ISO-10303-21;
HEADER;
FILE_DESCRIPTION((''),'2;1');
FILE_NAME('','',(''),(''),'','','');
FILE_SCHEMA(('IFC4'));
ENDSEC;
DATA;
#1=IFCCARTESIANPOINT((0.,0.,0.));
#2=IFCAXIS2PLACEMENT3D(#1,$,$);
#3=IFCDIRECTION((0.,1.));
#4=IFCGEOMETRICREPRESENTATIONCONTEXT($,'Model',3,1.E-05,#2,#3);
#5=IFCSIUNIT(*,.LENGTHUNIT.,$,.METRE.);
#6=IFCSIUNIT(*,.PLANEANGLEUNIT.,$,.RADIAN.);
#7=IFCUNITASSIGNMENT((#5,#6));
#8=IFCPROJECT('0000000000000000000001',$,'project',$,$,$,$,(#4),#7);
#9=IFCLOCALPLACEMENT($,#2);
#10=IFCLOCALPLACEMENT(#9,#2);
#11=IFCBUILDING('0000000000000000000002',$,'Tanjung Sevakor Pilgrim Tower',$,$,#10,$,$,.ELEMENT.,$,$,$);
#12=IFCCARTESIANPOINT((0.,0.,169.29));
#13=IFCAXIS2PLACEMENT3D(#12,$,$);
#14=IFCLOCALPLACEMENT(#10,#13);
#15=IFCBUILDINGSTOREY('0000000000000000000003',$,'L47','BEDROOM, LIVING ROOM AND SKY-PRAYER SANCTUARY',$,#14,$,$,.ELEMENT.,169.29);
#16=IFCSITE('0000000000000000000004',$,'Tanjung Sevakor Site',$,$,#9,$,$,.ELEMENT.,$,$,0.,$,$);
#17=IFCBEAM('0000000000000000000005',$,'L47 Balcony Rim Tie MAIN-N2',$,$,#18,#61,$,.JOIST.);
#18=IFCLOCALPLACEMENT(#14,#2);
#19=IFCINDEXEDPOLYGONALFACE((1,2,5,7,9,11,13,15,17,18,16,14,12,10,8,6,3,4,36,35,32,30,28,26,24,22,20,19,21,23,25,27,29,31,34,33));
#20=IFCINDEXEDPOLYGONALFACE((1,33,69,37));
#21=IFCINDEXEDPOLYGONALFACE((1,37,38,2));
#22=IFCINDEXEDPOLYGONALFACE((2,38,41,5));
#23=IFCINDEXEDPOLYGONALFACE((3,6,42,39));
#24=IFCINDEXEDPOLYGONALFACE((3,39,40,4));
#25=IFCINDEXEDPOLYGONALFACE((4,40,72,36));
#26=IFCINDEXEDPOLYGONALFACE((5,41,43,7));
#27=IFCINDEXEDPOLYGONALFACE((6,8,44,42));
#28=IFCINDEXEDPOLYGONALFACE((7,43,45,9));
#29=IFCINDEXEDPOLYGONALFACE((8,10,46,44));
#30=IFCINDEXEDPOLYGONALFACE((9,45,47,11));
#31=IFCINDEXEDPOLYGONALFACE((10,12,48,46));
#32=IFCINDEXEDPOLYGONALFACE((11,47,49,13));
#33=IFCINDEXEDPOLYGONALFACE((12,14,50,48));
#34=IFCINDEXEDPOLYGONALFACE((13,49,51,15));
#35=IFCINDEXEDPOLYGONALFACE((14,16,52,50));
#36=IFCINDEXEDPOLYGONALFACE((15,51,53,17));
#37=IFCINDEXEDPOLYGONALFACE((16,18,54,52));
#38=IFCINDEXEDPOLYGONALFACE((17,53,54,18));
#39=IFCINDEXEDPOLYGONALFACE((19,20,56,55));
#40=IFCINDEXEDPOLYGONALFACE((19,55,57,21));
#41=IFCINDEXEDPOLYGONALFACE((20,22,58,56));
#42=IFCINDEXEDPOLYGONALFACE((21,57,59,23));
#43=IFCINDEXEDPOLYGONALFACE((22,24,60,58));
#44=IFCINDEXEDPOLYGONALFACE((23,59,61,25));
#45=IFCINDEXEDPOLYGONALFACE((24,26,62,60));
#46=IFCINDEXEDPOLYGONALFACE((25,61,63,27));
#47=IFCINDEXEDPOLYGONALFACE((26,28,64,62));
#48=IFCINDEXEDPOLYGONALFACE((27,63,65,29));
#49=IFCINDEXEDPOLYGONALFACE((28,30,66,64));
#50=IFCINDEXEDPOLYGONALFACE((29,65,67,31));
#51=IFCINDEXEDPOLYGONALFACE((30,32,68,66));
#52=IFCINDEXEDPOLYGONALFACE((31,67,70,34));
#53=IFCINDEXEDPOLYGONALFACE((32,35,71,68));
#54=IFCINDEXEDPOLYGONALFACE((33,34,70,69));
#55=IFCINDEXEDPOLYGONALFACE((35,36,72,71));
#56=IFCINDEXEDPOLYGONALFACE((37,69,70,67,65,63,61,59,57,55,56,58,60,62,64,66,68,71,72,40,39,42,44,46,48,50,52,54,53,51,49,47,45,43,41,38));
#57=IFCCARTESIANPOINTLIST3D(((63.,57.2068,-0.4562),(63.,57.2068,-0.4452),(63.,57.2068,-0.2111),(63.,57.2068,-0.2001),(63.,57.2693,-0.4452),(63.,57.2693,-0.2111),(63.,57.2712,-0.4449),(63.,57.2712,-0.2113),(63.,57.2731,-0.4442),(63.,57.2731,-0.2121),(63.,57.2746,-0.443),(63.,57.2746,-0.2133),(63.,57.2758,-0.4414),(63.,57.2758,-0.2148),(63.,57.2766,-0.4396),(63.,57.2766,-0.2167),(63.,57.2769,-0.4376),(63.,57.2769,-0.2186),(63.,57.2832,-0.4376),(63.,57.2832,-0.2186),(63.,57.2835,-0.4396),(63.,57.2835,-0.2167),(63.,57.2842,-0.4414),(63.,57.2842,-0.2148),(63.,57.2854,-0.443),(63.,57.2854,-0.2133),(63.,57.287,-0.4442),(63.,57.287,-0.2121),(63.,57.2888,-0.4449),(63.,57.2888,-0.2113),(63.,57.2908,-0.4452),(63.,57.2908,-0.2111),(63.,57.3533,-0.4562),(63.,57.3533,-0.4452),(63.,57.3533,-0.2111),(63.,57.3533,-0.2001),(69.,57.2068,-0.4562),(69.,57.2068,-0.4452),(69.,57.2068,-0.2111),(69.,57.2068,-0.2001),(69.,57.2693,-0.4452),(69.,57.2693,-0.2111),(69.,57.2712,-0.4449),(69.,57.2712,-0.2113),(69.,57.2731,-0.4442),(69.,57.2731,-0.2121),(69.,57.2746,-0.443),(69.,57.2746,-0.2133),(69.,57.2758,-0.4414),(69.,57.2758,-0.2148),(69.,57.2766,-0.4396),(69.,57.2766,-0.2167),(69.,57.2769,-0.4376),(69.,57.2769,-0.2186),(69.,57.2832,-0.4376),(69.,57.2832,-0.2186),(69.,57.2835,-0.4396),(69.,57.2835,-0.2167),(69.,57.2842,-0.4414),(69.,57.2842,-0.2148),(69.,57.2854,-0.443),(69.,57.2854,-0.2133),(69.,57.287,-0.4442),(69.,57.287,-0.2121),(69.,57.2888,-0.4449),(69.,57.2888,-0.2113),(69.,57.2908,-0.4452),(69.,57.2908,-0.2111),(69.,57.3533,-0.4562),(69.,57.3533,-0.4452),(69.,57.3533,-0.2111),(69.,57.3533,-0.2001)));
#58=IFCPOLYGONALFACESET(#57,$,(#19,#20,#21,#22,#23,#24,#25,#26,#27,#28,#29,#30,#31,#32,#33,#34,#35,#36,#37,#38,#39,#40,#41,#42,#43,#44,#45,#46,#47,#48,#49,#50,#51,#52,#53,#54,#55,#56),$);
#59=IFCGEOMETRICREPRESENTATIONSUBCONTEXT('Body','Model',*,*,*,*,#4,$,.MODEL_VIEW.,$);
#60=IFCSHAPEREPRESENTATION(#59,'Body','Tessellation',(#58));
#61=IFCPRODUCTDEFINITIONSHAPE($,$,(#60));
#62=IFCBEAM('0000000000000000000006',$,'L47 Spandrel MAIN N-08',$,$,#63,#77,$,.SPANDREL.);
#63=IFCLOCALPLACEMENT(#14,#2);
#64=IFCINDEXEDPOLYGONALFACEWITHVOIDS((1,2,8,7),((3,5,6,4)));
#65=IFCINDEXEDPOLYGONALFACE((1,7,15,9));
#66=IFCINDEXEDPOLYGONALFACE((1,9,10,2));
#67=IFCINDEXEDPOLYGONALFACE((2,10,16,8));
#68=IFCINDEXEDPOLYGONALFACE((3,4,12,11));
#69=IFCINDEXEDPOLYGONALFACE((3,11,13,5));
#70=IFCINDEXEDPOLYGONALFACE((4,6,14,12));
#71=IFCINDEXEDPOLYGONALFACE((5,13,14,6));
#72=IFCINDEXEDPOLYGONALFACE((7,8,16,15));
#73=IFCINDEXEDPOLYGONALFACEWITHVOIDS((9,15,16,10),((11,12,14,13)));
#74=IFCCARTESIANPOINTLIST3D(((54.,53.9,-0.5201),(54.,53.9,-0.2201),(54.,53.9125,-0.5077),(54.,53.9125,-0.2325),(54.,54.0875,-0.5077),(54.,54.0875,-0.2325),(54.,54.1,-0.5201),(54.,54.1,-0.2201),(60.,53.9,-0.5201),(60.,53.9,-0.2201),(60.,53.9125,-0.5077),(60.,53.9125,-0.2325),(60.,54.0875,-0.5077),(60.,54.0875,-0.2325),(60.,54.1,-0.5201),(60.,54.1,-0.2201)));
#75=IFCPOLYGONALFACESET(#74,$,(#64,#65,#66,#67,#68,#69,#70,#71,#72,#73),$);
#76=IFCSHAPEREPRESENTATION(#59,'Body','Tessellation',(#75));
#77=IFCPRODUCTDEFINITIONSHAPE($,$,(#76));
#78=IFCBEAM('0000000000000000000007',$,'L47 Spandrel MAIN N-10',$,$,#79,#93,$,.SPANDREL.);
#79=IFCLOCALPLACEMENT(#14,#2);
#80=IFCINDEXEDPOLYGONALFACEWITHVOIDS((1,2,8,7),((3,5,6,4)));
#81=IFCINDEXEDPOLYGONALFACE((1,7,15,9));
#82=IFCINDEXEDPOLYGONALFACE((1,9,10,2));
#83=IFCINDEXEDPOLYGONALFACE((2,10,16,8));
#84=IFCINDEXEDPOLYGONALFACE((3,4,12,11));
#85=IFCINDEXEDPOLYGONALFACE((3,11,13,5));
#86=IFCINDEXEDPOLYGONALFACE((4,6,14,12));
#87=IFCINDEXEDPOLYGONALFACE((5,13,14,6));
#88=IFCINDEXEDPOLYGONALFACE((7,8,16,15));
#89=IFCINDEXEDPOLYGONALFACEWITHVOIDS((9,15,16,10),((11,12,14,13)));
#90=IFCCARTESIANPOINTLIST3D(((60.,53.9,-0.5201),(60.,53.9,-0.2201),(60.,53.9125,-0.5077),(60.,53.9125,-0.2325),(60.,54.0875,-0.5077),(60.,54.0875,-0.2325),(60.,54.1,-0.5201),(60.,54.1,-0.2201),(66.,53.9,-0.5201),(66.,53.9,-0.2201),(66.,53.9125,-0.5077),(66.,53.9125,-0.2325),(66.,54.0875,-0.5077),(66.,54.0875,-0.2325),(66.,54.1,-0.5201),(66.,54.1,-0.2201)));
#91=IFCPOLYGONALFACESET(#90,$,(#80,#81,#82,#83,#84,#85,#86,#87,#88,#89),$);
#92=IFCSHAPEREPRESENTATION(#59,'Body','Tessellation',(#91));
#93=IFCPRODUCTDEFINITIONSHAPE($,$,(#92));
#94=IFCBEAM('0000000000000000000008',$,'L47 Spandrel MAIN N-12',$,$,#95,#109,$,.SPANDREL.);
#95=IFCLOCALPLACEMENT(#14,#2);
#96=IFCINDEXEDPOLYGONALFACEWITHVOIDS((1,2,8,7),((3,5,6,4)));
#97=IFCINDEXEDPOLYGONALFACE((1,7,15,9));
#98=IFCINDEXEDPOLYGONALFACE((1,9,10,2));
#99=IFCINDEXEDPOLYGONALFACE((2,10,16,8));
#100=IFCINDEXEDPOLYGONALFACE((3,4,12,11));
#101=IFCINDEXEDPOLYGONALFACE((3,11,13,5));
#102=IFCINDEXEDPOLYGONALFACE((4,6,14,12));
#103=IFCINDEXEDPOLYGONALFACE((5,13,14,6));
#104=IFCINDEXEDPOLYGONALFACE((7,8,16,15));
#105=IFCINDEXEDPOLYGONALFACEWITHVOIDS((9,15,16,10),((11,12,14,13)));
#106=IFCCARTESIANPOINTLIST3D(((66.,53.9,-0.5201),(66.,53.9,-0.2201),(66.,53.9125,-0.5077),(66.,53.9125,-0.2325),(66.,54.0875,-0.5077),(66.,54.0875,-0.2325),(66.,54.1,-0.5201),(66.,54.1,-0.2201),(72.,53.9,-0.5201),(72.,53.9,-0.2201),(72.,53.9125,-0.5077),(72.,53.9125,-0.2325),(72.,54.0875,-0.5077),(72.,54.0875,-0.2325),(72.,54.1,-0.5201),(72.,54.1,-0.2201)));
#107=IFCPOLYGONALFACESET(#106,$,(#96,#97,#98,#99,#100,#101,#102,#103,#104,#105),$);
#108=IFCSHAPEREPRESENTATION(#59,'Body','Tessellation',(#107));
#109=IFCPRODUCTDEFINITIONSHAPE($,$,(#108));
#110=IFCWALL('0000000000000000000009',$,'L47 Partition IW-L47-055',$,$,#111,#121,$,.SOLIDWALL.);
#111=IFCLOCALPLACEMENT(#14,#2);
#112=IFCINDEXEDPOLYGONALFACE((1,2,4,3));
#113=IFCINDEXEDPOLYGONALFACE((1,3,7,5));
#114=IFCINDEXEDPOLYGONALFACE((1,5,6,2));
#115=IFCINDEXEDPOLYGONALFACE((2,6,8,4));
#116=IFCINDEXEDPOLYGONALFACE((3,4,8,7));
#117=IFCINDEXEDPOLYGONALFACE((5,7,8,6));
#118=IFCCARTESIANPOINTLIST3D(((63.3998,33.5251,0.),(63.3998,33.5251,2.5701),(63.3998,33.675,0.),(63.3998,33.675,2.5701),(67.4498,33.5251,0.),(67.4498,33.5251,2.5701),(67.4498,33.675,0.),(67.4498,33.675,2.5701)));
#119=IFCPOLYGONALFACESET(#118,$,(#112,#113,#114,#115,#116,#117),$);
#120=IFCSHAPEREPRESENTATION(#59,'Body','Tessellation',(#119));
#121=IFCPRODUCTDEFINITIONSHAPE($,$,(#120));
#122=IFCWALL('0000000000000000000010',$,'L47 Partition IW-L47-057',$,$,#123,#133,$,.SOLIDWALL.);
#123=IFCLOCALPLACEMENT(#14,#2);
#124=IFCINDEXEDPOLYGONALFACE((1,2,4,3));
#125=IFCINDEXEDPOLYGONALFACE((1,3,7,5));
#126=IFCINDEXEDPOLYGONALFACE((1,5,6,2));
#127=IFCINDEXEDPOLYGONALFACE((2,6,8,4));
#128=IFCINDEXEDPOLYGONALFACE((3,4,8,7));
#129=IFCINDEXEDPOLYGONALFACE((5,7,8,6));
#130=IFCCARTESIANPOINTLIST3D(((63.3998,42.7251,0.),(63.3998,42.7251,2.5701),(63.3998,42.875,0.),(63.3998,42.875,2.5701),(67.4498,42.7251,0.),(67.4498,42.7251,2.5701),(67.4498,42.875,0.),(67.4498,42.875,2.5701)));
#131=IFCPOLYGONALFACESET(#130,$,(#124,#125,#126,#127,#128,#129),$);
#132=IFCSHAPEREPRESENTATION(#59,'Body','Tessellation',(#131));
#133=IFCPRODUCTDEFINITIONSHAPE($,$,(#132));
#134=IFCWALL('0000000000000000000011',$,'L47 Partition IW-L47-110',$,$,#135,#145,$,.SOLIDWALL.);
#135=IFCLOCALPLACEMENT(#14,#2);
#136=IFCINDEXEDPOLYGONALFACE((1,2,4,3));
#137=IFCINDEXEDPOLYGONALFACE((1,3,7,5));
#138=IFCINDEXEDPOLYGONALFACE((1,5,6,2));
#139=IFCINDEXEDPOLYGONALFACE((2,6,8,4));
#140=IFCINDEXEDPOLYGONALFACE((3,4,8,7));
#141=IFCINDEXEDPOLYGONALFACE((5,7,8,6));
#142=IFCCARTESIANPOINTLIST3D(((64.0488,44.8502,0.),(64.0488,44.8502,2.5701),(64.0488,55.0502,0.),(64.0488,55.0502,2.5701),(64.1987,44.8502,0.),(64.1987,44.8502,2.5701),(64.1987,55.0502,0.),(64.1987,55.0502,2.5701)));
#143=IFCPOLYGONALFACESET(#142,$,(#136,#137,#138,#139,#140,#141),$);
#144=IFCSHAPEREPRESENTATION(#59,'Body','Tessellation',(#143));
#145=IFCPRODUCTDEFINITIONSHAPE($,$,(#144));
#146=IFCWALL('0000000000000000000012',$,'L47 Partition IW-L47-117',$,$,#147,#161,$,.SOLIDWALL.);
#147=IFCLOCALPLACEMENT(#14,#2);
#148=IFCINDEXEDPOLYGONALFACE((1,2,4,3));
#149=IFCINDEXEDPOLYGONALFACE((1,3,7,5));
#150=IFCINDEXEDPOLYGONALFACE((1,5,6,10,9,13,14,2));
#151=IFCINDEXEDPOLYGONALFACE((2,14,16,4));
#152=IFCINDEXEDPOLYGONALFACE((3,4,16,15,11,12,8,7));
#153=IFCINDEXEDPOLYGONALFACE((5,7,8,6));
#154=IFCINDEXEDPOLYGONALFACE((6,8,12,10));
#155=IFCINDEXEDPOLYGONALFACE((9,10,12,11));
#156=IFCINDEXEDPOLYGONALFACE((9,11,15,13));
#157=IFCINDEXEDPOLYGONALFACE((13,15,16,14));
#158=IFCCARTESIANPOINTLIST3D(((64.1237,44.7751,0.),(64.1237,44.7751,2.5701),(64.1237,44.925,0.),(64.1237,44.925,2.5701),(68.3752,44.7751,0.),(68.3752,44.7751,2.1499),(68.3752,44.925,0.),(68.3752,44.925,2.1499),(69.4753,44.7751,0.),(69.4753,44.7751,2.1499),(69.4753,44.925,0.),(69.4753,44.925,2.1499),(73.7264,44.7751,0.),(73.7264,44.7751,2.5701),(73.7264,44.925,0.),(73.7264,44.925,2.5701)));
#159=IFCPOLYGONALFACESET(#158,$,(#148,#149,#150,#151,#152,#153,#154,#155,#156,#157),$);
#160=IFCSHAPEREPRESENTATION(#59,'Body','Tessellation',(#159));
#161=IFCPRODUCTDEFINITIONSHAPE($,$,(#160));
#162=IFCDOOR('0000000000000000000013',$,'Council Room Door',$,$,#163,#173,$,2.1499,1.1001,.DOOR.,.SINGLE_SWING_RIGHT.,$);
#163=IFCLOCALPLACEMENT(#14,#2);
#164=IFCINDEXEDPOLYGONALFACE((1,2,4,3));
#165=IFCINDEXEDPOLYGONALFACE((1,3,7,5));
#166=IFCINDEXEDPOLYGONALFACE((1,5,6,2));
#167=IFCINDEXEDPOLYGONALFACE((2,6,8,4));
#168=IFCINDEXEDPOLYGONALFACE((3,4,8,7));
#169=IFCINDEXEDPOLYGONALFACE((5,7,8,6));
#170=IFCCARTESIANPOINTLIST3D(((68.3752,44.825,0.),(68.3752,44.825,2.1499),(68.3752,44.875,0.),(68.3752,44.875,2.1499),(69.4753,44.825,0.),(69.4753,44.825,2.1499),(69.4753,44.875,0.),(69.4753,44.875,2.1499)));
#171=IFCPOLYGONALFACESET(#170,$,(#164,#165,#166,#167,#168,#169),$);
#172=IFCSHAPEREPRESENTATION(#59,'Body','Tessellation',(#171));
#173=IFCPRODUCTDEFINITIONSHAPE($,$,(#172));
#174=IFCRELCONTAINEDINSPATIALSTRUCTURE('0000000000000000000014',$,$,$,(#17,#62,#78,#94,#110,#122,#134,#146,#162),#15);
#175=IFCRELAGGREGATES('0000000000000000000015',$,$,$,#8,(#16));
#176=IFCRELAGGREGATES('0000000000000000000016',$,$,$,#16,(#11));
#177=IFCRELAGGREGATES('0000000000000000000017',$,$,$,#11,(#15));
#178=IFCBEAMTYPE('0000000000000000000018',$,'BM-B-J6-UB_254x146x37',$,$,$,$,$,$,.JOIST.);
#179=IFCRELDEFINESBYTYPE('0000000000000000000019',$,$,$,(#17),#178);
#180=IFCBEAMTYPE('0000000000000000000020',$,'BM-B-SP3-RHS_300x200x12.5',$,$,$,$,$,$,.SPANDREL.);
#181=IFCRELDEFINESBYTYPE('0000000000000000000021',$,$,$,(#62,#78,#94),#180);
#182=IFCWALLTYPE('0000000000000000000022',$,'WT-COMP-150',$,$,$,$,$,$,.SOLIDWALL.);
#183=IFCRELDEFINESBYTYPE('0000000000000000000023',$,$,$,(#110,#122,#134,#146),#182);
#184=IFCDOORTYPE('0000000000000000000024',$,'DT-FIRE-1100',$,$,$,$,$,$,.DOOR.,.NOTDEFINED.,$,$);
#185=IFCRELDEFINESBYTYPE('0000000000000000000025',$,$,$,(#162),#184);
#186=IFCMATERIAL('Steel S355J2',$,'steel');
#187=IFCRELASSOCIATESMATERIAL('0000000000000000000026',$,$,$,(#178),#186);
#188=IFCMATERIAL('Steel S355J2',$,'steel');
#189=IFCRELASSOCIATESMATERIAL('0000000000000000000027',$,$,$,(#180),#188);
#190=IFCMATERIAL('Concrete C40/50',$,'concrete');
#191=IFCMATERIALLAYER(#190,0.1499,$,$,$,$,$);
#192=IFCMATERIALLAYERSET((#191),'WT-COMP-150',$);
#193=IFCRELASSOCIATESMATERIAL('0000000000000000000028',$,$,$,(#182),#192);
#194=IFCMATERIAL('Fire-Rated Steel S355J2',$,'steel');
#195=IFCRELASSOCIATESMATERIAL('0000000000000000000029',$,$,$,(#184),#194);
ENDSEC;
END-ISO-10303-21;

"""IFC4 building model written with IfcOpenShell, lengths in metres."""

from ifc_helpers import new_model, si_unit, direction, frame, frame_2d, origin, origin_2d, place, context, subcontext, project, spatial, rectangle, hollow_rectangle, i_section, extrude, material, layer, layer_set, material_profile, profile_set, type_object, element, fill, save


model = new_model("IFC4")

# Units and contexts
model_context = context("Model", 3, precision=1e-05, world=origin(), true_north=direction((0.0, 1.0)))
body_context = subcontext(model_context, "Body", "Model", "MODEL_VIEW")
ifc_project = project(units=[si_unit("LENGTHUNIT", "METRE"), si_unit("PLANEANGLEUNIT", "RADIAN")], contexts=[model_context])

# Site, building, storey
site_placement = place(None, origin())
site = spatial("IfcSite", under=ifc_project, at=site_placement, Name="Tanjung Sevakor Site", CompositionType="ELEMENT", RefElevation=0.0)
building_placement = place(site_placement, origin())
building = spatial("IfcBuilding", under=site, at=building_placement, Name="Tanjung Sevakor Pilgrim Tower", CompositionType="ELEMENT")
storey_placement = place(building_placement, frame((0.0, 0.0, 169.29)))
storey = spatial("IfcBuildingStorey", under=building, at=storey_placement, Name="L47", Description="BEDROOM, LIVING ROOM AND SKY-PRAYER SANCTUARY", CompositionType="ELEMENT", Elevation=169.29)

# Beams
ifc_material_1 = material(Name="Steel S355J2", Category="steel")
ifc_material_profile_1 = material_profile(ifc_material_1, i_section(OverallWidth=0.1465, OverallDepth=0.2561, WebThickness=0.0063, FlangeThickness=0.011, FilletRadius=0.0076, at=origin_2d()))
ifc_profile_set_1 = profile_set([ifc_material_profile_1], Name="Steel S355J2")
beam_type_1 = type_object("IfcBeamType", Name="BM-B-J6-UB_254x146x37", PredefinedType="JOIST", material=ifc_profile_set_1)
beam_1_placement = place(storey_placement, frame((63.0, 57.28, -0.3281), z_axis=(1.0, 0.0, 0.0), x_axis=(0.0, 1.0, 0.0)))
element("IfcBeam", 1, at=beam_1_placement, inside=storey, type_object=beam_type_1, Name="L47 Balcony Rim Tie MAIN-N2", PredefinedType="JOIST", context=body_context, shape_type="SweptSolid", body=[
    extrude(i_section(OverallWidth=0.1465, OverallDepth=0.2561, WebThickness=0.0063, FlangeThickness=0.011, FilletRadius=0.0076, at=origin_2d()), origin(), (0.0, 0.0, 1.0), 6.0),
])
ifc_material_2 = material(Name="Steel S355J2", Category="steel")
ifc_material_profile_2 = material_profile(ifc_material_2, hollow_rectangle(XDim=0.2, YDim=0.3, WallThickness=0.0125, at=origin_2d()))
ifc_profile_set_2 = profile_set([ifc_material_profile_2], Name="Steel S355J2")
beam_type_2 = type_object("IfcBeamType", Name="BM-B-SP3-RHS_300x200x12.5", PredefinedType="SPANDREL", material=ifc_profile_set_2)
for number, where, z_axis, x_axis, name in (
    (2, (54.0, 54.0, -0.3701), (1.0, 0.0, 0.0), (0.0, 1.0, 0.0), "L47 Spandrel MAIN N-08"),
    (3, (60.0, 54.0, -0.3701), (1.0, 0.0, 0.0), (0.0, 1.0, 0.0), "L47 Spandrel MAIN N-10"),
    (4, (66.0, 54.0, -0.3701), (1.0, 0.0, 0.0), (0.0, 1.0, 0.0), "L47 Spandrel MAIN N-12"),
):
    element("IfcBeam", number, at=place(storey_placement, frame(where, z_axis=z_axis, x_axis=x_axis)), inside=storey, type_object=beam_type_2, Name=name, PredefinedType="SPANDREL", context=body_context, shape_type="SweptSolid", body=[
        extrude(hollow_rectangle(XDim=0.2, YDim=0.3, WallThickness=0.0125, at=origin_2d()), origin(), (0.0, 0.0, 1.0), 6.0),
    ])

# Walls
ifc_material_3 = material(Name="Concrete C40/50", Category="concrete")
ifc_layer_1 = layer(ifc_material_3, 0.1499)
ifc_layer_set_1 = layer_set([ifc_layer_1], Name="WT-COMP-150")
wall_type_1 = type_object("IfcWallType", Name="WT-COMP-150", PredefinedType="SOLIDWALL", material=ifc_layer_set_1)
for number, where, z_axis, x_axis, name in (
    (5, (63.3999, 33.6001, 0.0), (0.0, 0.0, 1.0), (1.0, 0.0, 0.0), "L47 Partition IW-L47-055"),
    (6, (63.3999, 42.8, 0.0), (0.0, 0.0, 1.0), (1.0, 0.0, 0.0), "L47 Partition IW-L47-057"),
):
    element("IfcWall", number, at=place(storey_placement, frame(where, z_axis=z_axis, x_axis=x_axis)), inside=storey, type_object=wall_type_1, Name=name, PredefinedType="SOLIDWALL", context=body_context, shape_type="SweptSolid", body=[
        extrude(rectangle(XDim=4.05, YDim=0.1499, at=frame_2d((2.0249, 0.0))), origin(), (0.0, 0.0, 1.0), 2.5701),
    ])
wall_1_placement = place(storey_placement, frame((64.1238, 44.8501, 0.0), z_axis=(0.0, 0.0, 1.0), x_axis=(0.0, 1.0, 0.0)))
element("IfcWall", 7, at=wall_1_placement, inside=storey, type_object=wall_type_1, Name="L47 Partition IW-L47-110", PredefinedType="SOLIDWALL", context=body_context, shape_type="SweptSolid", body=[
    extrude(rectangle(XDim=10.2, YDim=0.1499, at=frame_2d((5.1001, 0.0))), origin(), (0.0, 0.0, 1.0), 2.5701),
])

# Wall, opening, door
wall_2_placement = place(storey_placement, frame((64.1238, 44.8501, 0.0), z_axis=(0.0, 0.0, 1.0), x_axis=(1.0, 0.0, 0.0)))
wall_2 = element("IfcWall", 8, at=wall_2_placement, inside=storey, type_object=wall_type_1, Name="L47 Partition IW-L47-117", PredefinedType="SOLIDWALL", context=body_context, shape_type="SweptSolid", body=[
    extrude(rectangle(XDim=9.6028, YDim=0.1499, at=frame_2d((4.8013, 0.0))), origin(), (0.0, 0.0, 1.0), 2.5701),
])
opening_1_placement = place(wall_2_placement, frame((4.2515, 0.0, 0.0)))
opening_1 = element("IfcOpeningElement", 9, at=opening_1_placement, cuts=wall_2, PredefinedType="OPENING", context=body_context, shape_type="SweptSolid", body=[
    extrude(rectangle(XDim=1.1001, YDim=2.1499, at=frame_2d((0.55, 1.075))), frame((0.0, 0.085, 0.0), z_axis=(0.0, -1.0, 0.0), x_axis=(1.0, 0.0, 0.0)), (0.0, 0.0, 1.0), 0.1699),
])
ifc_material_4 = material(Name="Fire-Rated Steel S355J2", Category="steel")
door_type_1 = type_object("IfcDoorType", Name="DT-FIRE-1100", OperationType="NOTDEFINED", PredefinedType="DOOR", material=ifc_material_4)
door_1_placement = place(opening_1_placement, origin())
door_1 = element("IfcDoor", 10, at=door_1_placement, inside=storey, type_object=door_type_1, Name="Council Room Door", OperationType="SINGLE_SWING_RIGHT", OverallHeight=2.1499, OverallWidth=1.1001, PredefinedType="DOOR", context=body_context, shape_type="SweptSolid", body=[
    extrude(rectangle(XDim=1.1001, YDim=2.1499, at=frame_2d((0.55, 1.075))), frame((0.0, 0.0249, 0.0), z_axis=(0.0, -1.0, 0.0), x_axis=(1.0, 0.0, 0.0)), (0.0, 0.0, 1.0), 0.05),
])
fill(opening_1, door_1)

save(model, "model.ifc")
